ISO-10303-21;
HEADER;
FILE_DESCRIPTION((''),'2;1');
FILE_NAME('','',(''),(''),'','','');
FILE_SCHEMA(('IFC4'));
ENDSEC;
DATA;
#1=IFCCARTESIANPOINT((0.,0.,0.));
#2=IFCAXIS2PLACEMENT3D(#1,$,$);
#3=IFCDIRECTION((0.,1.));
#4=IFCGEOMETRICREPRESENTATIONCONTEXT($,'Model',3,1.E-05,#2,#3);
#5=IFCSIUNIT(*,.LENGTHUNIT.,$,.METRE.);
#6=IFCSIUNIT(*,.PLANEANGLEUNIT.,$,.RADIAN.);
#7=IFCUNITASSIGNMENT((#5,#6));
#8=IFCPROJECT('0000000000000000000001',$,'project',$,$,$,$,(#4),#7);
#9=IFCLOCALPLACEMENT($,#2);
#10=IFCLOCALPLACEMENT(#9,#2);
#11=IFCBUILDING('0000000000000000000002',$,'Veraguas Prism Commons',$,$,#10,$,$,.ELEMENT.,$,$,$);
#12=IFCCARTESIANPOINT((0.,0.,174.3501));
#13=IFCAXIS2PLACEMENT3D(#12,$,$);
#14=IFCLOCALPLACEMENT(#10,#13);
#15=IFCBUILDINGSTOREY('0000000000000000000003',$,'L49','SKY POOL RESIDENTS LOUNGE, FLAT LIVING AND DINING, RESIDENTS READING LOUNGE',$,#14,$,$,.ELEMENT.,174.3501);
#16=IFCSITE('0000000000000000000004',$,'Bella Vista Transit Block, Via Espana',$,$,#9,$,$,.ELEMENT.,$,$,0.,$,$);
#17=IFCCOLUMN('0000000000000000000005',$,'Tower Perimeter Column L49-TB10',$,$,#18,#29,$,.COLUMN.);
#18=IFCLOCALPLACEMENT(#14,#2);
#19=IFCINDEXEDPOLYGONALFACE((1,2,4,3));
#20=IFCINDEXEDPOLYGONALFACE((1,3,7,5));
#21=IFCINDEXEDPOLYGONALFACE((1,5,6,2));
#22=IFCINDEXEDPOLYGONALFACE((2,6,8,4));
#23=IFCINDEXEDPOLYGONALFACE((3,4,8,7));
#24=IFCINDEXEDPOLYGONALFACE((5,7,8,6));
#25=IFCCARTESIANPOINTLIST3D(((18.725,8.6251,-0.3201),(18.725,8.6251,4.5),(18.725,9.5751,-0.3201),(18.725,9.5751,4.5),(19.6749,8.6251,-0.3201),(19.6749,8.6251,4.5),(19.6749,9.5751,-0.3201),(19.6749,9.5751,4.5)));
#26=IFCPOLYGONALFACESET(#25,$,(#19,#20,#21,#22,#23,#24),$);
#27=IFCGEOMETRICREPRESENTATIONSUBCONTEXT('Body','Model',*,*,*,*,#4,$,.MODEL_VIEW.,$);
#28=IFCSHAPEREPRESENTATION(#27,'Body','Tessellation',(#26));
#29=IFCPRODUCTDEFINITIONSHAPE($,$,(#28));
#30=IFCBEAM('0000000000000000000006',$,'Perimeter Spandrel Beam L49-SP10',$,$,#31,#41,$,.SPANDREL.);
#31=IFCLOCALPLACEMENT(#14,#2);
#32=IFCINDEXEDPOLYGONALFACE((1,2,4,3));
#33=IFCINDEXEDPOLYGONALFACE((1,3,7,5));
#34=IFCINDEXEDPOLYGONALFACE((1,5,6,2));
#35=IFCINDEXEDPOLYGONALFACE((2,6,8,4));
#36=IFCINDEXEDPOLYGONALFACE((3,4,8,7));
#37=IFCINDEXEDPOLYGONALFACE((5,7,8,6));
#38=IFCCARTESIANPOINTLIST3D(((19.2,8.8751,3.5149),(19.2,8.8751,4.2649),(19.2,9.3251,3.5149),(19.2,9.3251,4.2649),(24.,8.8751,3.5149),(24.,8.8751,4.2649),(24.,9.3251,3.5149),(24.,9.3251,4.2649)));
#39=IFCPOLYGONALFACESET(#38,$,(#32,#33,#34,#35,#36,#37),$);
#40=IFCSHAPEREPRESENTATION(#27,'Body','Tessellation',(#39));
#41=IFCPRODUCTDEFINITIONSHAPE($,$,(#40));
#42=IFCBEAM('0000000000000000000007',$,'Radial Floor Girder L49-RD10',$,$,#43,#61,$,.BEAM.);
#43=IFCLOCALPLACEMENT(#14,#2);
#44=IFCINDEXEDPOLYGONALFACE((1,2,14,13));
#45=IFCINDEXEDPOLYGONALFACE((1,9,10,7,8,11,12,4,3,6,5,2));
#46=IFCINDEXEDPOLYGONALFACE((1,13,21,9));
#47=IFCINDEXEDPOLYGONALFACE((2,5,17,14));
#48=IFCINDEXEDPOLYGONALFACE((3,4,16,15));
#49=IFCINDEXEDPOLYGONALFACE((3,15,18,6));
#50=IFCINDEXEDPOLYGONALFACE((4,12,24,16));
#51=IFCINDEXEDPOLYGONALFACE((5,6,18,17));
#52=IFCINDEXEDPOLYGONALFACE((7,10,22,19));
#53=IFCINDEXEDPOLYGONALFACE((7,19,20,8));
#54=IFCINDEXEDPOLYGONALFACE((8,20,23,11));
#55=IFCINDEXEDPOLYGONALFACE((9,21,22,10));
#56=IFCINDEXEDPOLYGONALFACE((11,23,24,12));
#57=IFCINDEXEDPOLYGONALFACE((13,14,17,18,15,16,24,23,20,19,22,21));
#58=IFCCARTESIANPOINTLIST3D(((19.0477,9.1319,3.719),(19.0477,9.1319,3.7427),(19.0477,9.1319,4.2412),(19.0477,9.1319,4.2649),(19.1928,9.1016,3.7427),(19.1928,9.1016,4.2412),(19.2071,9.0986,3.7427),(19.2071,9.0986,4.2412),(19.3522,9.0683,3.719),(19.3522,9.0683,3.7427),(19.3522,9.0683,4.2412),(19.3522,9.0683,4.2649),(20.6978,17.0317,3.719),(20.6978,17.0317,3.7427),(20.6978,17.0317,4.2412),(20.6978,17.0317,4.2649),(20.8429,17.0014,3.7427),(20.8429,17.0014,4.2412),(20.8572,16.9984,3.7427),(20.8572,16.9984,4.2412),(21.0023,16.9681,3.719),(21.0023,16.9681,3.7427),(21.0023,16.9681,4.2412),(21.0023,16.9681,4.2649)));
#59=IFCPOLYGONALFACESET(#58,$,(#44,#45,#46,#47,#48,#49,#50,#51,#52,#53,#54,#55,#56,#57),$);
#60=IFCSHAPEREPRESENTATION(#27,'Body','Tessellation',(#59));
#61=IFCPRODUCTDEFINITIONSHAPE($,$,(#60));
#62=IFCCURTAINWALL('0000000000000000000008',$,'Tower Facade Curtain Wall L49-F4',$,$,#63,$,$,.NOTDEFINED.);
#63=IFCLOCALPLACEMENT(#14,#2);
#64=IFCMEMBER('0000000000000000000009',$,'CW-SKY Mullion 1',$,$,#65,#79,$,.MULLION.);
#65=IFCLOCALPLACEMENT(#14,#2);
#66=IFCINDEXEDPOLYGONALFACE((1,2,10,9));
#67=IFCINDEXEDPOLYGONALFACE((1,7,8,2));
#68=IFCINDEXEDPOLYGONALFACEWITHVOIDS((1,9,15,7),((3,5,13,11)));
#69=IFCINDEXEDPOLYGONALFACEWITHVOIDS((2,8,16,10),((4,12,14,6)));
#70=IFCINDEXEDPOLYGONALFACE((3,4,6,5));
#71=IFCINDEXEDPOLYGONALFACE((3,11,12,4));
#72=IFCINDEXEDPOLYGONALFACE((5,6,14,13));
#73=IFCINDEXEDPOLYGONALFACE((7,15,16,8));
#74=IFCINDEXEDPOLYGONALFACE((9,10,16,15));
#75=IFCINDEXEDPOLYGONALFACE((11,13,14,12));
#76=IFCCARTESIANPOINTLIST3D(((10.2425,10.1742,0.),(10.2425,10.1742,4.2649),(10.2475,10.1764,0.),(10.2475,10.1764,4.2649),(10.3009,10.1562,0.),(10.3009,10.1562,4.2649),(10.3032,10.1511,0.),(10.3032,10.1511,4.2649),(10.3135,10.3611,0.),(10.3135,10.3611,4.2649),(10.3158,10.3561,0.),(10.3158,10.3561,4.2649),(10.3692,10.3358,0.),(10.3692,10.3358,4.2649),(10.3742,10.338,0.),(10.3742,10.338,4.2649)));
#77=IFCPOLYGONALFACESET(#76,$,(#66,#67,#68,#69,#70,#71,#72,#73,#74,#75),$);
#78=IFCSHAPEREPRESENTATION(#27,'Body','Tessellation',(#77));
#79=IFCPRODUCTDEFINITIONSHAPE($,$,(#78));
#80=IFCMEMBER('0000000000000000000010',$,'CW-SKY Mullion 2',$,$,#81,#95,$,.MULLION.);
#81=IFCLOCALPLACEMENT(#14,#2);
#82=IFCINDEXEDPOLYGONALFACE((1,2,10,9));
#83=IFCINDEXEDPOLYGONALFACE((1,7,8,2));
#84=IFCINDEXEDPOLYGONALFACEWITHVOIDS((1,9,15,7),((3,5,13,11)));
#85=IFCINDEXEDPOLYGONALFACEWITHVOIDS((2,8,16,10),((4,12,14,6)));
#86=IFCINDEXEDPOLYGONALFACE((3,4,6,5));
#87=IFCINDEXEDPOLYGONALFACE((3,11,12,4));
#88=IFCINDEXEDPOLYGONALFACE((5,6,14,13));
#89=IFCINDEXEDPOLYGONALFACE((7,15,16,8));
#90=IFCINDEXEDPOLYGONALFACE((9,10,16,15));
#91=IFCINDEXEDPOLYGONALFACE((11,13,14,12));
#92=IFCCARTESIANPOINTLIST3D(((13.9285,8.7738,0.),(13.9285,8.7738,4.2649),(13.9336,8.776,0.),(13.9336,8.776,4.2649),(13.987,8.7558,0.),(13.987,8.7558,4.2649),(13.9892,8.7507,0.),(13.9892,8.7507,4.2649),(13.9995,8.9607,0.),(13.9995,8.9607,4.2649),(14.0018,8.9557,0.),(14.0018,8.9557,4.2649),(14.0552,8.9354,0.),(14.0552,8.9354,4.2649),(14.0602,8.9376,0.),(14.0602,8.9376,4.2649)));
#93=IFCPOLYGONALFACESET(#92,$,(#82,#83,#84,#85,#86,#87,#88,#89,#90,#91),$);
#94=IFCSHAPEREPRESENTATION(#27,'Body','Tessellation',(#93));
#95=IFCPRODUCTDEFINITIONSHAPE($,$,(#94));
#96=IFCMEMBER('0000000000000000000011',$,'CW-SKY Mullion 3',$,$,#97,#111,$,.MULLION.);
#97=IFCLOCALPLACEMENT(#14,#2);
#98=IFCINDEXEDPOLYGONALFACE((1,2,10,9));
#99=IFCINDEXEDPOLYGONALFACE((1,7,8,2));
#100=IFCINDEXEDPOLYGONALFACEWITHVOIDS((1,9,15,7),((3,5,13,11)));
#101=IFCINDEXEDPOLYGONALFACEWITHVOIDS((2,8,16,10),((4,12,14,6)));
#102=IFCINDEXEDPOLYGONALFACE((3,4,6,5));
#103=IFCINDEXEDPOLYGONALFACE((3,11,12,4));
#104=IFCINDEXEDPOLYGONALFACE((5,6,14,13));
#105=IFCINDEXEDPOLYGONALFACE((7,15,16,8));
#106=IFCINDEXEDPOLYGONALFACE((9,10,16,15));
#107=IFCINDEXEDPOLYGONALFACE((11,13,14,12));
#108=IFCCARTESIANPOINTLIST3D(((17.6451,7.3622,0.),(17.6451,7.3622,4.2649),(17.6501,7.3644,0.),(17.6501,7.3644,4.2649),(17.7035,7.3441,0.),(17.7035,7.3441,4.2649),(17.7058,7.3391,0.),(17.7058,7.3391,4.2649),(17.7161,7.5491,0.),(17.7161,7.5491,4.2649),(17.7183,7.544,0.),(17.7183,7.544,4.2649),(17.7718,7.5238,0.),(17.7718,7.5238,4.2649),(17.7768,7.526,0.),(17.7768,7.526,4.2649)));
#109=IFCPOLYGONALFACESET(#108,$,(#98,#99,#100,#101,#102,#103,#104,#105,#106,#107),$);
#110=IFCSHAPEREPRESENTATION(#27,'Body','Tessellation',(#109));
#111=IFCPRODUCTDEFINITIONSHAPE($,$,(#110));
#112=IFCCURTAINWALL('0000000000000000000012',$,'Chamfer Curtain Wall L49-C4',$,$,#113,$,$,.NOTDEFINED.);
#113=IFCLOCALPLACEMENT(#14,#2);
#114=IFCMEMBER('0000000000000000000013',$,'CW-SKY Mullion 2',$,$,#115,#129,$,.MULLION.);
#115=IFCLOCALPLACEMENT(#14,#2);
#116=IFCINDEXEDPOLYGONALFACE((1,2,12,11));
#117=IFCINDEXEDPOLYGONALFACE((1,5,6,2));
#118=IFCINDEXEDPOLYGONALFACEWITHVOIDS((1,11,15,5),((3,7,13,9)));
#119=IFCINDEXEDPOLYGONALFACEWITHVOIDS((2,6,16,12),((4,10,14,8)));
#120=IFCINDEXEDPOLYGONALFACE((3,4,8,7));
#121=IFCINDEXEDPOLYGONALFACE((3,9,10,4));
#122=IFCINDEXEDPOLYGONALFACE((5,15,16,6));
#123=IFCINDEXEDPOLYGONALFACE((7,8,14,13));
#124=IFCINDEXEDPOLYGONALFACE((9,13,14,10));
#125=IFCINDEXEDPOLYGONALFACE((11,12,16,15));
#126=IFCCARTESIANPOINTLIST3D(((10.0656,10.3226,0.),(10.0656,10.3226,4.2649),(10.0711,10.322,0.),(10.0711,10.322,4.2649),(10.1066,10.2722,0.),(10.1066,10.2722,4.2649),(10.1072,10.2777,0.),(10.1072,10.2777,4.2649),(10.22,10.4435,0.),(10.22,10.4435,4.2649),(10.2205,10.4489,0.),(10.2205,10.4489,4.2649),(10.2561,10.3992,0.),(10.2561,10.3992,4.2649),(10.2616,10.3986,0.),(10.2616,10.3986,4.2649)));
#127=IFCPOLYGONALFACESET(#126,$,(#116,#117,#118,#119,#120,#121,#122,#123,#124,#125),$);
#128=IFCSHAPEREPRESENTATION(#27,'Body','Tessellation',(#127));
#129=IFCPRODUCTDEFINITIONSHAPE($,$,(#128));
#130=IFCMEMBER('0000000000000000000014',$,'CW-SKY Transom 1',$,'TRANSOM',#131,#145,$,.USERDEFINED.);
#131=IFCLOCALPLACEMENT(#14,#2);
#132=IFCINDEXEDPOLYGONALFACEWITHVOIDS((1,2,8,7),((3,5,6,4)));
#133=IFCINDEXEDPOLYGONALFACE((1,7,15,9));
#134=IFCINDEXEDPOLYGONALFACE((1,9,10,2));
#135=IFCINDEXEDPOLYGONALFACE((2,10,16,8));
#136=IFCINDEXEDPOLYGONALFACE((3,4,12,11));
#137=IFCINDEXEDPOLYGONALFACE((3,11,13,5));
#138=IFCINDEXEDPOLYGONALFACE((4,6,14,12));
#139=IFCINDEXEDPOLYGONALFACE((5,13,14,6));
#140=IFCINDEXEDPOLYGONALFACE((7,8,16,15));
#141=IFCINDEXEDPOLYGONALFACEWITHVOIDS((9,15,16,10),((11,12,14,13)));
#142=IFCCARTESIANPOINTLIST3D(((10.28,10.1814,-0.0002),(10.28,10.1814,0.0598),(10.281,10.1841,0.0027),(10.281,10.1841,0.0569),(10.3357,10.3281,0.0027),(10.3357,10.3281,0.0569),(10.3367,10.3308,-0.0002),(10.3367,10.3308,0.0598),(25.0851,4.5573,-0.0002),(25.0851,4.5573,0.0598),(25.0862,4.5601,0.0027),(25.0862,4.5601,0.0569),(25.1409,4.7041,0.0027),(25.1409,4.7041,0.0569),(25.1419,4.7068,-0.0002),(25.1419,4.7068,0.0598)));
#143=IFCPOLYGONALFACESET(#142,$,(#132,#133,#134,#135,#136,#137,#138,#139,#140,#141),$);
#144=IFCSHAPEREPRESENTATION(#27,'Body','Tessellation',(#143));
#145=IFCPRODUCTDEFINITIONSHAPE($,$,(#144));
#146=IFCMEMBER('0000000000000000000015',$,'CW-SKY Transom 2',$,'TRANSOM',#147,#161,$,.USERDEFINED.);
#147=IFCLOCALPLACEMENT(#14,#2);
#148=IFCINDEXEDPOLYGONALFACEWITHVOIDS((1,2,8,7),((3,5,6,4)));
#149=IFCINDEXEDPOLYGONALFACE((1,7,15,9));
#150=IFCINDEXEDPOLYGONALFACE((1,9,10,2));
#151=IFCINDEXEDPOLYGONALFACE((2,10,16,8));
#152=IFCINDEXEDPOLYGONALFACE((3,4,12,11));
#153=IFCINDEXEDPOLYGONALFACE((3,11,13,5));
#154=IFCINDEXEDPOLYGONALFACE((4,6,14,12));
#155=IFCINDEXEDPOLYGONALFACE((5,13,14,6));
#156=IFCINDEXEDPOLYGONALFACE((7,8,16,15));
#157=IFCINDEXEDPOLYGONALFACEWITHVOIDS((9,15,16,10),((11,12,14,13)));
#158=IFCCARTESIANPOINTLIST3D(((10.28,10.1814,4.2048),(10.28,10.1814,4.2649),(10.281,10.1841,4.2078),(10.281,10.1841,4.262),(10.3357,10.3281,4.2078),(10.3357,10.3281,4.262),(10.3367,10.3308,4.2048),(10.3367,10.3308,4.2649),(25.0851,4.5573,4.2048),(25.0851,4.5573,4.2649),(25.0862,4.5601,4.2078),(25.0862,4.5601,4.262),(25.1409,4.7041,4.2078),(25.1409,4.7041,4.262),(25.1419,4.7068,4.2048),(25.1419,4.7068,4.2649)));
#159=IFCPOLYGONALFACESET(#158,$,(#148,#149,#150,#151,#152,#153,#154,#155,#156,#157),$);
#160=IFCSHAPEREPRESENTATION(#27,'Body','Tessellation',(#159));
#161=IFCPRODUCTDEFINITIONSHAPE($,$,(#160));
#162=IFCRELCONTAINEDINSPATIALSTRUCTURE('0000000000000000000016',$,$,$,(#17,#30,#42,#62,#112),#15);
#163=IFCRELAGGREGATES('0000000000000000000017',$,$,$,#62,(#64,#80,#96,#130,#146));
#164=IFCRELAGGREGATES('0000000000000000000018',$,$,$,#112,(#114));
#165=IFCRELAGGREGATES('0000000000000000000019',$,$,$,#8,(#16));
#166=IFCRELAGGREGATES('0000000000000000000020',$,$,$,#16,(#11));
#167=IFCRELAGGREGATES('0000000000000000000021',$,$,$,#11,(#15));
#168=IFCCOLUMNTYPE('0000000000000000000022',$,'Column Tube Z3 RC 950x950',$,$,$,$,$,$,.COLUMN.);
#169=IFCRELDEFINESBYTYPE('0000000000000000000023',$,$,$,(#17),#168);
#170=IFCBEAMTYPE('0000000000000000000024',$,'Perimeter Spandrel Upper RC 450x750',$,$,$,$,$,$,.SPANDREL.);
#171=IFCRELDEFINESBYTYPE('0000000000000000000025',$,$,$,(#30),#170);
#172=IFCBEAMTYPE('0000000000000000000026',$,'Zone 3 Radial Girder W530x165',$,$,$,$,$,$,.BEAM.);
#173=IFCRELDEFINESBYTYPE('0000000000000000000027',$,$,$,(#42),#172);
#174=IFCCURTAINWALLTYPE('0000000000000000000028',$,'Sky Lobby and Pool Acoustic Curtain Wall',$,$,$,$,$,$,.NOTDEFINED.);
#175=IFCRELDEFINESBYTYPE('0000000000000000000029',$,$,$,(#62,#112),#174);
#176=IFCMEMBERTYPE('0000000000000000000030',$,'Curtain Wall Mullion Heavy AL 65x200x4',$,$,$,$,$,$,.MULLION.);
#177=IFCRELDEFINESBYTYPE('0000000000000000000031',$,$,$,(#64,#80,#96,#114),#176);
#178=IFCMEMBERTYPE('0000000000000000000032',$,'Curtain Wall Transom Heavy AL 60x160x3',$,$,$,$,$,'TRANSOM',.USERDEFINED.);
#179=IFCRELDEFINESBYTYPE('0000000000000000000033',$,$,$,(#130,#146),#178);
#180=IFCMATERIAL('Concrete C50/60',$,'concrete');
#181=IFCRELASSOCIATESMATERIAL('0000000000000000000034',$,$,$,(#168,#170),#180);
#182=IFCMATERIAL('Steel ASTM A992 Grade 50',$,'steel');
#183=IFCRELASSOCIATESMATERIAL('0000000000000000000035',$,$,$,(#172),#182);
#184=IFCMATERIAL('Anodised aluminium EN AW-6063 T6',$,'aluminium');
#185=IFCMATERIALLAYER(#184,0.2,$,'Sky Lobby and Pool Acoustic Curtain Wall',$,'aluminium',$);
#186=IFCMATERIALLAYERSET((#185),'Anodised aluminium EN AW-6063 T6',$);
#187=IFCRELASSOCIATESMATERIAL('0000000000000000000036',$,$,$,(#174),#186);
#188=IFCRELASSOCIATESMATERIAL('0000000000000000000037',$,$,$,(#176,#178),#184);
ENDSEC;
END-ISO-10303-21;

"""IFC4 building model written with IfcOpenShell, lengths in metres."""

from ifc_helpers import new_model, si_unit, direction, frame, origin, origin_2d, place, context, subcontext, project, spatial, rectangle, hollow_rectangle, i_section, extrude, source, transform, mapped, material, layer, layer_set, material_profile, profile_set, type_object, element, aggregate, save


model = new_model("IFC4")

# Units and contexts
model_context = context("Model", 3, precision=1e-05, world=origin(), true_north=direction((0.0, 1.0)))
body_context = subcontext(model_context, "Body", "Model", "MODEL_VIEW")
ifc_project = project(units=[si_unit("LENGTHUNIT", "METRE"), si_unit("PLANEANGLEUNIT", "RADIAN")], contexts=[model_context])

# Site, building, storey
site_placement = place(None, origin())
site = spatial("IfcSite", under=ifc_project, at=site_placement, Name="Bella Vista Transit Block, Via Espana", CompositionType="ELEMENT", RefElevation=0.0)
building_placement = place(site_placement, origin())
building = spatial("IfcBuilding", under=site, at=building_placement, Name="Veraguas Prism Commons", CompositionType="ELEMENT")
storey_placement = place(building_placement, frame((0.0, 0.0, 174.3501)))
storey = spatial("IfcBuildingStorey", under=building, at=storey_placement, Name="L49", Description="SKY POOL RESIDENTS LOUNGE, FLAT LIVING AND DINING, RESIDENTS READING LOUNGE", CompositionType="ELEMENT", Elevation=174.3501)

# Column
ifc_material_1 = material(Name="Concrete C50/60", Category="concrete")
ifc_material_profile_1 = material_profile(ifc_material_1, rectangle(XDim=0.95, YDim=0.95, at=origin_2d()), Name="RC950X950")
ifc_profile_set_1 = profile_set([ifc_material_profile_1], Name="Concrete C50/60")
column_type = type_object("IfcColumnType", Name="Column Tube Z3 RC 950x950", PredefinedType="COLUMN", material=ifc_profile_set_1)
column_placement = place(storey_placement, frame((19.2, 9.1001, -0.3201), z_axis=(0.0, 0.0, 1.0), x_axis=(1.0, 0.0, 0.0)))
element("IfcColumn", 1, at=column_placement, inside=storey, type_object=column_type, Name="Tower Perimeter Column L49-TB10", PredefinedType="COLUMN", context=body_context, shape_type="SweptSolid", body=[
    extrude(rectangle(XDim=0.95, YDim=0.95, at=origin_2d()), origin(), (0.0, 0.0, 1.0), 4.8201),
])

# Beams
ifc_material_profile_2 = material_profile(ifc_material_1, rectangle(XDim=0.45, YDim=0.75, at=origin_2d()), Name="RC450X750")
ifc_profile_set_2 = profile_set([ifc_material_profile_2], Name="Concrete C50/60")
beam_type_1 = type_object("IfcBeamType", Name="Perimeter Spandrel Upper RC 450x750", PredefinedType="SPANDREL", material=ifc_profile_set_2)
beam_1_placement = place(storey_placement, frame((19.2, 9.1001, 3.8899), z_axis=(1.0, 0.0, 0.0), x_axis=(0.0, 1.0, 0.0)))
element("IfcBeam", 2, at=beam_1_placement, inside=storey, type_object=beam_type_1, Name="Perimeter Spandrel Beam L49-SP10", PredefinedType="SPANDREL", context=body_context, shape_type="SweptSolid", body=[
    extrude(rectangle(XDim=0.45, YDim=0.75, at=origin_2d()), origin(), (0.0, 0.0, 1.0), 4.8),
])
ifc_material_2 = material(Name="Steel ASTM A992 Grade 50", Category="steel")
ifc_material_profile_3 = material_profile(ifc_material_2, i_section(OverallWidth=0.311, OverallDepth=0.5459, WebThickness=0.0146, FlangeThickness=0.0237, at=origin_2d()), Name="W530X165")
ifc_profile_set_3 = profile_set([ifc_material_profile_3], Name="Steel ASTM A992 Grade 50")
beam_type_2 = type_object("IfcBeamType", Name="Zone 3 Radial Girder W530x165", PredefinedType="BEAM", material=ifc_profile_set_3)
beam_2_placement = place(storey_placement, frame((19.2, 9.1001, 3.9919), z_axis=(0.204469, 0.978873, 0.0), x_axis=(-0.978873, 0.204469, 0.0)))
element("IfcBeam", 3, at=beam_2_placement, inside=storey, type_object=beam_type_2, Name="Radial Floor Girder L49-RD10", PredefinedType="BEAM", context=body_context, shape_type="SweptSolid", body=[
    extrude(i_section(OverallWidth=0.311, OverallDepth=0.5459, WebThickness=0.0146, FlangeThickness=0.0237, at=origin_2d()), origin(), (0.0, 0.0, 1.0), 8.0703),
])

# Curtain wall, members
ifc_material_3 = material(Name="Anodised aluminium EN AW-6063 T6", Category="aluminium")
ifc_layer_1 = layer(ifc_material_3, 0.2, Name="Sky Lobby and Pool Acoustic Curtain Wall", Category="aluminium")
ifc_layer_set_1 = layer_set([ifc_layer_1], Name="Anodised aluminium EN AW-6063 T6")
curtain_wall_type = type_object("IfcCurtainWallType", Name="Sky Lobby and Pool Acoustic Curtain Wall", PredefinedType="NOTDEFINED", material=ifc_layer_set_1)
curtain_wall_1_placement = place(storey_placement, origin())
curtain_wall_1 = element("IfcCurtainWall", 4, at=curtain_wall_1_placement, inside=storey, type_object=curtain_wall_type, Name="Tower Facade Curtain Wall L49-F4", PredefinedType="NOTDEFINED")
ifc_material_profile_4 = material_profile(ifc_material_3, hollow_rectangle(XDim=0.0649, YDim=0.2, WallThickness=0.0039, at=origin_2d()), Name="AL65X200X4")
ifc_profile_set_4 = profile_set([ifc_material_profile_4], Name="Anodised aluminium EN AW-6063 T6")
member_type_1 = type_object("IfcMemberType", Name="Curtain Wall Mullion Heavy AL 65x200x4", PredefinedType="MULLION", material=ifc_profile_set_4)
shared_shape_1 = source(origin(), body_context, "Body", "SweptSolid", [
    extrude(hollow_rectangle(XDim=0.0649, YDim=0.2, WallThickness=0.0039, at=origin_2d()), origin(), (0.0, 0.0, 1.0), 4.2649),
])
member_1_placement = place(storey_placement, frame((10.3083, 10.2561, 0.0), z_axis=(0.0, 0.0, 1.0), x_axis=(0.934825, -0.355109, 0.0)))
member_1 = element("IfcMember", 5, at=member_1_placement, type_object=member_type_1, Name="CW-SKY Mullion 1", PredefinedType="MULLION", context=body_context, shape_type="MappedRepresentation", body=[
    mapped(shared_shape_1, transform((0.0, 0.0, 0.0), scale=1.0)),
])
member_2_placement = place(storey_placement, frame((13.9944, 8.8557, 0.0), z_axis=(0.0, 0.0, 1.0), x_axis=(0.934825, -0.355109, 0.0)))
member_2 = element("IfcMember", 6, at=member_2_placement, type_object=member_type_1, Name="CW-SKY Mullion 2", PredefinedType="MULLION", context=body_context, shape_type="MappedRepresentation", body=[
    mapped(shared_shape_1, transform((0.0, 0.0, 0.0), scale=1.0)),
])
member_3_placement = place(storey_placement, frame((17.7109, 7.4441, 0.0), z_axis=(0.0, 0.0, 1.0), x_axis=(0.934825, -0.355109, 0.0)))
member_3 = element("IfcMember", 7, at=member_3_placement, type_object=member_type_1, Name="CW-SKY Mullion 3", PredefinedType="MULLION", context=body_context, shape_type="MappedRepresentation", body=[
    mapped(shared_shape_1, transform((0.0, 0.0, 0.0), scale=1.0)),
])

# Curtain wall, member
curtain_wall_2_placement = place(storey_placement, origin())
curtain_wall_2 = element("IfcCurtainWall", 8, at=curtain_wall_2_placement, inside=storey, type_object=curtain_wall_type, Name="Chamfer Curtain Wall L49-C4", PredefinedType="NOTDEFINED")
member_4_placement = place(storey_placement, frame((10.1636, 10.3606, 0.0), z_axis=(0.0, 0.0, 1.0), x_axis=(0.632051, -0.774927, 0.0)))
member_4 = element("IfcMember", 9, at=member_4_placement, type_object=member_type_1, Name="CW-SKY Mullion 2", PredefinedType="MULLION", context=body_context, shape_type="MappedRepresentation", body=[
    mapped(shared_shape_1, transform((0.0, 0.0, 0.0), scale=1.0)),
])

# Members
ifc_material_profile_5 = material_profile(ifc_material_3, hollow_rectangle(XDim=0.0601, YDim=0.1599, WallThickness=0.0029, at=origin_2d()), Name="AL60X160X3")
ifc_profile_set_5 = profile_set([ifc_material_profile_5], Name="Anodised aluminium EN AW-6063 T6")
member_type_2 = type_object("IfcMemberType", Name="Curtain Wall Transom Heavy AL 60x160x3", ElementType="TRANSOM", PredefinedType="USERDEFINED", material=ifc_profile_set_5)
shared_shape_2 = source(origin(), body_context, "Body", "SweptSolid", [
    extrude(hollow_rectangle(XDim=0.0601, YDim=0.1599, WallThickness=0.0029, at=origin_2d()), origin(), (0.0, 0.0, 1.0), 15.8374),
])
member_5_placement = place(storey_placement, frame((10.3083, 10.2561, 0.0298), z_axis=(0.934824, -0.355111, 0.0), x_axis=(0.0, 0.0, 1.0)))
member_5 = element("IfcMember", 10, at=member_5_placement, type_object=member_type_2, Name="CW-SKY Transom 1", ObjectType="TRANSOM", PredefinedType="USERDEFINED", context=body_context, shape_type="MappedRepresentation", body=[
    mapped(shared_shape_2, transform((0.0, 0.0, 0.0), scale=1.0)),
])
member_6_placement = place(storey_placement, frame((10.3083, 10.2561, 4.2349), z_axis=(0.934824, -0.355111, 0.0), x_axis=(0.0, 0.0, 1.0)))
member_6 = element("IfcMember", 11, at=member_6_placement, type_object=member_type_2, Name="CW-SKY Transom 2", ObjectType="TRANSOM", PredefinedType="USERDEFINED", context=body_context, shape_type="MappedRepresentation", body=[
    mapped(shared_shape_2, transform((0.0, 0.0, 0.0), scale=1.0)),
])

aggregate(curtain_wall_1, [member_1, member_2, member_3, member_5, member_6])
aggregate(curtain_wall_2, [member_4])

save(model, "model.ifc")
